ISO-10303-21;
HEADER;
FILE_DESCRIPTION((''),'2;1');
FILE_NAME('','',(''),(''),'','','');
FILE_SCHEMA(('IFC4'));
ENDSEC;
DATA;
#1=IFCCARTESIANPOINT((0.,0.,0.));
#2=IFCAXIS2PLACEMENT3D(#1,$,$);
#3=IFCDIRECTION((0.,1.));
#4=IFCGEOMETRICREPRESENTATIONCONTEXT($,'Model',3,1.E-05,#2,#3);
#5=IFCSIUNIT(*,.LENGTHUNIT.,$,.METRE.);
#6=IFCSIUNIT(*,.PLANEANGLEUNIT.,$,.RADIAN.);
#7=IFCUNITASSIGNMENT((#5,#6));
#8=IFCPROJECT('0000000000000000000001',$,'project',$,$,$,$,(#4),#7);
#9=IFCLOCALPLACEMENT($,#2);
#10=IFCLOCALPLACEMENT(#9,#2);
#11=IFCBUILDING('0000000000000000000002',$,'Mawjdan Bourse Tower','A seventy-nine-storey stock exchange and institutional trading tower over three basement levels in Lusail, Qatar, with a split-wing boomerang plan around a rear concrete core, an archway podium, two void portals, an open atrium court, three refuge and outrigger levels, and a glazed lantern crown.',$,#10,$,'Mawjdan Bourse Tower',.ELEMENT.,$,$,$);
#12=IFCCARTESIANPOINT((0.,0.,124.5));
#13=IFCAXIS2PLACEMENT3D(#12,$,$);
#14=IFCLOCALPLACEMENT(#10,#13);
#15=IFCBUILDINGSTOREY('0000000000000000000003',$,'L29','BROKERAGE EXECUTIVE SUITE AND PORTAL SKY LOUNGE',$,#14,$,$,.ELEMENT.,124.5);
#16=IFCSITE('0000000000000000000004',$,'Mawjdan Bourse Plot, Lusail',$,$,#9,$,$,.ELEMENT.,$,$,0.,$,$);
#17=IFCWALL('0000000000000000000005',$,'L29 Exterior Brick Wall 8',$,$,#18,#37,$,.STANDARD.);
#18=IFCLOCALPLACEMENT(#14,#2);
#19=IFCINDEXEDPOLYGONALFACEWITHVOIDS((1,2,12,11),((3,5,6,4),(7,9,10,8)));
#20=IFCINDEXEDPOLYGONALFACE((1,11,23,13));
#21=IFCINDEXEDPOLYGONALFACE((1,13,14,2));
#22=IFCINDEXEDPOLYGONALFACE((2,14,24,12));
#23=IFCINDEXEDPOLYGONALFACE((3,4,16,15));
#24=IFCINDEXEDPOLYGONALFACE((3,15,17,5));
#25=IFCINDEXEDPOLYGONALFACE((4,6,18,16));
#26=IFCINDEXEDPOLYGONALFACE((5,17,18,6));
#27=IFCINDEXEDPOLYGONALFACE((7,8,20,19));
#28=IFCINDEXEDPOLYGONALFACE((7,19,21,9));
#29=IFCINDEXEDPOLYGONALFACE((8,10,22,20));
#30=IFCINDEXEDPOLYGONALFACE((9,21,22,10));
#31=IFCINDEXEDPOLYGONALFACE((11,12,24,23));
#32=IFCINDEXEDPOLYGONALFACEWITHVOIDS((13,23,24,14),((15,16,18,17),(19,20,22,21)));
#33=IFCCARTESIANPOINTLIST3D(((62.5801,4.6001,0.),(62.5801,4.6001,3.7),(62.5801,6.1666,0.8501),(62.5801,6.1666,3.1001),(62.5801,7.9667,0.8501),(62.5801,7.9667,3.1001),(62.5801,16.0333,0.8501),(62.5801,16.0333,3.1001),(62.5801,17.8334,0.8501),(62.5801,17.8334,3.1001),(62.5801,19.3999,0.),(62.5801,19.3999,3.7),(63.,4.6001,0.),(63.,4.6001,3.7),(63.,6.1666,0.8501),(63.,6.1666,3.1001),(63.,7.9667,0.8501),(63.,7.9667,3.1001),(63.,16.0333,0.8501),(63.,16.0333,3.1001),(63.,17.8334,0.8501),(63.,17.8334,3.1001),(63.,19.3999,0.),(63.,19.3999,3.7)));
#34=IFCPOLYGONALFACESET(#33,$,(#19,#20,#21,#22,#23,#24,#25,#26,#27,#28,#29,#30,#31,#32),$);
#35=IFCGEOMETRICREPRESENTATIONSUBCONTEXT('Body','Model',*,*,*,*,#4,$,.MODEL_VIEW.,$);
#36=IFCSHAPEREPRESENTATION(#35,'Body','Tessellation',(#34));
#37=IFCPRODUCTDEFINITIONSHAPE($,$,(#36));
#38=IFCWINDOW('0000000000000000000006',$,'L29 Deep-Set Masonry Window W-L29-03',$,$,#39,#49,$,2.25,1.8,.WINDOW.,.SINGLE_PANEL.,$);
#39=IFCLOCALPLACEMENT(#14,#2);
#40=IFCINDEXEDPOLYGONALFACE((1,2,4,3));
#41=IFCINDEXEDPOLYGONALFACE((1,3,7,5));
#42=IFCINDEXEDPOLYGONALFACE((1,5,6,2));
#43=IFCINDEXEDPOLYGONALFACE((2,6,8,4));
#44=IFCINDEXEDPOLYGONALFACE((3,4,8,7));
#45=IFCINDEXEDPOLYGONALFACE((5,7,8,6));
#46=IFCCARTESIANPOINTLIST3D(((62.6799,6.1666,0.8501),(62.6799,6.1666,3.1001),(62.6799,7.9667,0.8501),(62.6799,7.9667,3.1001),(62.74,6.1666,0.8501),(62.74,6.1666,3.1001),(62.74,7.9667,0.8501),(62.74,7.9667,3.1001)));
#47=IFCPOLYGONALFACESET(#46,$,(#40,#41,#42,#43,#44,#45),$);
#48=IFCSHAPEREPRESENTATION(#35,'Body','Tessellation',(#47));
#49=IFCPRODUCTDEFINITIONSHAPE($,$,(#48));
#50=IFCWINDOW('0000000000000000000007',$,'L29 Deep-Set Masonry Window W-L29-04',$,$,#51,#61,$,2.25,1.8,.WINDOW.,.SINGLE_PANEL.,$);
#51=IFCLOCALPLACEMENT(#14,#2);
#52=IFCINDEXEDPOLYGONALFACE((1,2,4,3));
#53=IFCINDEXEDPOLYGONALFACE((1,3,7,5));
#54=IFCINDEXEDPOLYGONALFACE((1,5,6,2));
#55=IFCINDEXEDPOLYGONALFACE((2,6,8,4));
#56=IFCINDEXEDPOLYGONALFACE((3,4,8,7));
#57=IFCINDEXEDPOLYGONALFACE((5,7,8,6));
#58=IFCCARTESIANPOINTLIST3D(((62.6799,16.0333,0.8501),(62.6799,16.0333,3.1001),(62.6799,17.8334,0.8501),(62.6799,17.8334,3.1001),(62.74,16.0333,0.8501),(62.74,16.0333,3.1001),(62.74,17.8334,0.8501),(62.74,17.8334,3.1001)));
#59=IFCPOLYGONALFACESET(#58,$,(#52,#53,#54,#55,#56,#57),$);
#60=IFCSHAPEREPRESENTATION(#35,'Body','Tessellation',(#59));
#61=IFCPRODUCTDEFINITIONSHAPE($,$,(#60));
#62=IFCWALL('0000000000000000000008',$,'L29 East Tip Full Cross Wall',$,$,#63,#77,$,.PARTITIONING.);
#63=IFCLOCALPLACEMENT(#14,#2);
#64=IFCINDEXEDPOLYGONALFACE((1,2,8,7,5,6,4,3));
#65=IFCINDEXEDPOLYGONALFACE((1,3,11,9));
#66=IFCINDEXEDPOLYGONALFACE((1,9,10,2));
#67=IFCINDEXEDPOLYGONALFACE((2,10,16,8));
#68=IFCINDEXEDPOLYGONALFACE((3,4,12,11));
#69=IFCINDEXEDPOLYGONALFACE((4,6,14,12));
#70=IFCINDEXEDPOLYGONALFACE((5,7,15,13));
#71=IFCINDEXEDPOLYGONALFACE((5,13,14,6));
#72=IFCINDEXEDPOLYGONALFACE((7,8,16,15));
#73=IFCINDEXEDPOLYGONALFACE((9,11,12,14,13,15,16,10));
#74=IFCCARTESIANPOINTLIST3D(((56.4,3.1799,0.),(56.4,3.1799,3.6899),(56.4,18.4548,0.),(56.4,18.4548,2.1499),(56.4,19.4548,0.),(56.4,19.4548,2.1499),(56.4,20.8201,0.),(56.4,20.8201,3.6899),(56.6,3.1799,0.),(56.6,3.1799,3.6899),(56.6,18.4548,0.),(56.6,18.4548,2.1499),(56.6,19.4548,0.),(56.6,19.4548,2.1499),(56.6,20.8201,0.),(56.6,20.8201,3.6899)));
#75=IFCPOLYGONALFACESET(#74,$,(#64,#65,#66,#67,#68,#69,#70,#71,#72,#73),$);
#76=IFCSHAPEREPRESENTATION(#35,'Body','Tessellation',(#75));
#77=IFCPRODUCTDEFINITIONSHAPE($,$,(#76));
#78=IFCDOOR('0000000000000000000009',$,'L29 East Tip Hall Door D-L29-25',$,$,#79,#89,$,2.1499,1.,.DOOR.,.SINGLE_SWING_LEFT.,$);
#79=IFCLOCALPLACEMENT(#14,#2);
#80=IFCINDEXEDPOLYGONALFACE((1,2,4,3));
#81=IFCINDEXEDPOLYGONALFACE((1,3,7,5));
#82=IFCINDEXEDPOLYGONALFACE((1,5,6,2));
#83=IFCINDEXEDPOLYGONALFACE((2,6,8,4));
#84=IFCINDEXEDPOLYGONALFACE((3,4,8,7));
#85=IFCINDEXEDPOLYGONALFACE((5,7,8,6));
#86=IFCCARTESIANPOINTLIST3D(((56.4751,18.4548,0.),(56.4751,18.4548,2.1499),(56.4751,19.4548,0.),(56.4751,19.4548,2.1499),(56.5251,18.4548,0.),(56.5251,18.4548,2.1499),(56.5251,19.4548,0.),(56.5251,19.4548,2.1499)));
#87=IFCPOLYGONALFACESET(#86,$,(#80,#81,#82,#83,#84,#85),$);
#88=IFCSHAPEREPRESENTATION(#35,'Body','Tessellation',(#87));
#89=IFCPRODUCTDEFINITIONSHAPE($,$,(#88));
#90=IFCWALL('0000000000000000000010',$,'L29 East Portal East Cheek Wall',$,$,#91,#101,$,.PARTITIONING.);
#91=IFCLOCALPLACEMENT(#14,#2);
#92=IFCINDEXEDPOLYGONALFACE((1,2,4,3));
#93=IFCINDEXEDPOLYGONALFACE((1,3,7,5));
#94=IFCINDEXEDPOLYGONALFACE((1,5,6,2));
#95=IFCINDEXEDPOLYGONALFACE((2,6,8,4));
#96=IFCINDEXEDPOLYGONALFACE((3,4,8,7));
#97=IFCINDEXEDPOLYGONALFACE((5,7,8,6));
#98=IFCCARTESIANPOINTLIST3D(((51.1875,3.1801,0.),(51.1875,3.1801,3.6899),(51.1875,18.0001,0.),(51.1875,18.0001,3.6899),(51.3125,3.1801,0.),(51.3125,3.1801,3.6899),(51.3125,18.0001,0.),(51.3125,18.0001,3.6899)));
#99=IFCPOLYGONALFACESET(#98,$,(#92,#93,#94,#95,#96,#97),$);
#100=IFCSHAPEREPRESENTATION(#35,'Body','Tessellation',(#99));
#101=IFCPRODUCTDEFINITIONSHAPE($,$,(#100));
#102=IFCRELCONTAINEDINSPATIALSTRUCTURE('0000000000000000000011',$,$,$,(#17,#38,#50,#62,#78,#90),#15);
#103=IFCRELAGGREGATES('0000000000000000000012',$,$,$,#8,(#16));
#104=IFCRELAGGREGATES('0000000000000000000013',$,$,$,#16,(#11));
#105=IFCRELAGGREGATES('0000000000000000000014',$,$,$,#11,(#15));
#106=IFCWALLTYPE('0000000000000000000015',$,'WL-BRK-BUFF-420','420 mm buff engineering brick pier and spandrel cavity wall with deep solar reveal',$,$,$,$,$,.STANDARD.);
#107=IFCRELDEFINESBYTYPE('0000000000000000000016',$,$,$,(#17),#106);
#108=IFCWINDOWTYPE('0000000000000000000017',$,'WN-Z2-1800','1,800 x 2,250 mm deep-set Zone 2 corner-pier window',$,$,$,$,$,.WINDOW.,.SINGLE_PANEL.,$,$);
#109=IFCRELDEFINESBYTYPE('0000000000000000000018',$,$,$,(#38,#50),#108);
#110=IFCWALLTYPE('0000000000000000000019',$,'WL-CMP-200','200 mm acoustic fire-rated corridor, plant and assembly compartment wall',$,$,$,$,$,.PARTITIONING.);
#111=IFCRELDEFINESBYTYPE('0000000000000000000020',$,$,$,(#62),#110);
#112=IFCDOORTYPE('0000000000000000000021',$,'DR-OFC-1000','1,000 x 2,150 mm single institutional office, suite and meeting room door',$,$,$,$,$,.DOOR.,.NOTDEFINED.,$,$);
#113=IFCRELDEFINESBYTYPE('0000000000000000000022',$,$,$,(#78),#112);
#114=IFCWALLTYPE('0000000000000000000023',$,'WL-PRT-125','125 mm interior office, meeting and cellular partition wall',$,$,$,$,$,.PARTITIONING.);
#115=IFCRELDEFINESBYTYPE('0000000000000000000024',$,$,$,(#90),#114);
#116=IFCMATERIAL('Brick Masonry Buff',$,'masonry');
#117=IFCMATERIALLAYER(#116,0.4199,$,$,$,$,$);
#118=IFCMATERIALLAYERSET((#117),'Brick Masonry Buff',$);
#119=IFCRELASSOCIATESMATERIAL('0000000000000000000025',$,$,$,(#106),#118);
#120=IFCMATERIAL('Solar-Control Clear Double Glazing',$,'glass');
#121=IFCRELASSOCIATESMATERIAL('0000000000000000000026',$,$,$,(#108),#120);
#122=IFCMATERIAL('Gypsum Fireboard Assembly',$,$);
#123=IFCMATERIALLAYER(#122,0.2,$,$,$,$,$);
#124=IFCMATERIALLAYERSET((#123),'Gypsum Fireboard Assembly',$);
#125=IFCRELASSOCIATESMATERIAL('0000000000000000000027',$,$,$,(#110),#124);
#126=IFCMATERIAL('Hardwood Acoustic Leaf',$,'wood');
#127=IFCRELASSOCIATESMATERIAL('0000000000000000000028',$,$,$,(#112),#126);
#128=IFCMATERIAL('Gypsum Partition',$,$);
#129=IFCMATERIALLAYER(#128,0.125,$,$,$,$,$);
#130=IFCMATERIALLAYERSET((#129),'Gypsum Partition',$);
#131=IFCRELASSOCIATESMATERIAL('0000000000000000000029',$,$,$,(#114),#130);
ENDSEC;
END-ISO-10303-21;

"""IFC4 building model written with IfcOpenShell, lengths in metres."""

from ifc_helpers import new_model, si_unit, direction, frame, frame_2d, origin, place, context, subcontext, project, spatial, rectangle, extrude, material, layer, layer_set, type_object, element, fill, save


model = new_model("IFC4")

# Units and contexts
model_context = context("Model", 3, precision=1e-05, world=origin(), true_north=direction((0.0, 1.0)))
body_context = subcontext(model_context, "Body", "Model", "MODEL_VIEW")
ifc_project = project(units=[si_unit("LENGTHUNIT", "METRE"), si_unit("PLANEANGLEUNIT", "RADIAN")], contexts=[model_context])

# Site, building, storey
site_placement = place(None, origin())
site = spatial("IfcSite", under=ifc_project, at=site_placement, Name="Mawjdan Bourse Plot, Lusail", CompositionType="ELEMENT", RefElevation=0.0)
building_placement = place(site_placement, origin())
building = spatial("IfcBuilding", under=site, at=building_placement, Name="Mawjdan Bourse Tower", Description="A seventy-nine-storey stock exchange and institutional trading tower over three basement levels in Lusail, Qatar, with a split-wing boomerang plan around a rear concrete core, an archway podium, two void portals, an open atrium court, three refuge and outrigger levels, and a glazed lantern crown.", LongName="Mawjdan Bourse Tower", CompositionType="ELEMENT")
storey_placement = place(building_placement, frame((0.0, 0.0, 124.5)))
storey = spatial("IfcBuildingStorey", under=building, at=storey_placement, Name="L29", Description="BROKERAGE EXECUTIVE SUITE AND PORTAL SKY LOUNGE", CompositionType="ELEMENT", Elevation=124.5)

# Shared definitions
ifc_material_1 = material(Name="Brick Masonry Buff", Category="masonry")
ifc_layer_1 = layer(ifc_material_1, 0.4199)
ifc_layer_set_1 = layer_set([ifc_layer_1], Name="Brick Masonry Buff")
wall_type_1 = type_object("IfcWallType", Name="WL-BRK-BUFF-420", Description="420 mm buff engineering brick pier and spandrel cavity wall with deep solar reveal", PredefinedType="STANDARD", material=ifc_layer_set_1)

# Wall, openings, windows
wall_1_placement = place(storey_placement, frame((62.79, 4.6001, 0.0), z_axis=(0.0, 0.0, 1.0), x_axis=(0.0, 1.0, 0.0)))
wall_1 = element("IfcWall", 1, at=wall_1_placement, inside=storey, type_object=wall_type_1, Name="L29 Exterior Brick Wall 8", PredefinedType="STANDARD", context=body_context, shape_type="SweptSolid", body=[
    extrude(rectangle(XDim=14.7998, YDim=0.4199, at=frame_2d((7.3999, 0.0))), origin(), (0.0, 0.0, 1.0), 3.7),
])
opening_1_placement = place(wall_1_placement, frame((1.5667, 0.0, 0.8501)))
opening_1 = element("IfcOpeningElement", 2, at=opening_1_placement, cuts=wall_1, PredefinedType="OPENING", context=body_context, shape_type="SweptSolid", body=[
    extrude(rectangle(XDim=1.8, YDim=2.25, at=frame_2d((0.8999, 1.125))), frame((0.0, 0.22, 0.0), z_axis=(0.0, -1.0, 0.0), x_axis=(1.0, 0.0, 0.0)), (0.0, 0.0, 1.0), 0.4399),
])
opening_2_placement = place(wall_1_placement, frame((11.4333, 0.0, 0.8501)))
opening_2 = element("IfcOpeningElement", 3, at=opening_2_placement, cuts=wall_1, PredefinedType="OPENING", context=body_context, shape_type="SweptSolid", body=[
    extrude(rectangle(XDim=1.8, YDim=2.25, at=frame_2d((0.8999, 1.125))), frame((0.0, 0.22, 0.0), z_axis=(0.0, -1.0, 0.0), x_axis=(1.0, 0.0, 0.0)), (0.0, 0.0, 1.0), 0.4399),
])
ifc_material_2 = material(Name="Solar-Control Clear Double Glazing", Category="glass")
window_type = type_object("IfcWindowType", Name="WN-Z2-1800", Description="1,800 x 2,250 mm deep-set Zone 2 corner-pier window", PartitioningType="SINGLE_PANEL", PredefinedType="WINDOW", material=ifc_material_2)
window_1_placement = place(opening_1_placement, origin())
window_1 = element("IfcWindow", 4, at=window_1_placement, inside=storey, type_object=window_type, Name="L29 Deep-Set Masonry Window W-L29-03", OverallHeight=2.25, OverallWidth=1.8, PartitioningType="SINGLE_PANEL", PredefinedType="WINDOW", context=body_context, shape_type="SweptSolid", body=[
    extrude(rectangle(XDim=1.8, YDim=2.25, at=frame_2d((0.8999, 1.125))), frame((0.0, 0.1101, 0.0), z_axis=(0.0, -1.0, 0.0), x_axis=(1.0, 0.0, 0.0)), (0.0, 0.0, 1.0), 0.0601),
])
fill(opening_1, window_1)
window_2_placement = place(opening_2_placement, origin())
window_2 = element("IfcWindow", 5, at=window_2_placement, inside=storey, type_object=window_type, Name="L29 Deep-Set Masonry Window W-L29-04", OverallHeight=2.25, OverallWidth=1.8, PartitioningType="SINGLE_PANEL", PredefinedType="WINDOW", context=body_context, shape_type="SweptSolid", body=[
    extrude(rectangle(XDim=1.8, YDim=2.25, at=frame_2d((0.8999, 1.125))), frame((0.0, 0.1101, 0.0), z_axis=(0.0, -1.0, 0.0), x_axis=(1.0, 0.0, 0.0)), (0.0, 0.0, 1.0), 0.0601),
])
fill(opening_2, window_2)

# Wall, opening, door
ifc_material_3 = material(Name="Gypsum Fireboard Assembly")
ifc_layer_2 = layer(ifc_material_3, 0.2)
ifc_layer_set_2 = layer_set([ifc_layer_2], Name="Gypsum Fireboard Assembly")
wall_type_2 = type_object("IfcWallType", Name="WL-CMP-200", Description="200 mm acoustic fire-rated corridor, plant and assembly compartment wall", PredefinedType="PARTITIONING", material=ifc_layer_set_2)
wall_2_placement = place(storey_placement, frame((56.5, 3.1799, 0.0), z_axis=(0.0, 0.0, 1.0), x_axis=(0.0, 1.0, 0.0)))
wall_2 = element("IfcWall", 6, at=wall_2_placement, inside=storey, type_object=wall_type_2, Name="L29 East Tip Full Cross Wall", PredefinedType="PARTITIONING", context=body_context, shape_type="SweptSolid", body=[
    extrude(rectangle(XDim=17.6401, YDim=0.2, at=frame_2d((8.8201, 0.0))), origin(), (0.0, 0.0, 1.0), 3.6899),
])
opening_3_placement = place(wall_2_placement, frame((15.2749, 0.0, 0.0)))
opening_3 = element("IfcOpeningElement", 7, at=opening_3_placement, cuts=wall_2, PredefinedType="OPENING", context=body_context, shape_type="SweptSolid", body=[
    extrude(rectangle(XDim=1.0, YDim=2.1499, at=frame_2d((0.5, 1.075))), frame((0.0, 0.1099, 0.0), z_axis=(0.0, -1.0, 0.0), x_axis=(1.0, 0.0, 0.0)), (0.0, 0.0, 1.0), 0.22),
])
ifc_material_4 = material(Name="Hardwood Acoustic Leaf", Category="wood")
door_type = type_object("IfcDoorType", Name="DR-OFC-1000", Description="1,000 x 2,150 mm single institutional office, suite and meeting room door", OperationType="NOTDEFINED", PredefinedType="DOOR", material=ifc_material_4)
door_placement = place(opening_3_placement, origin())
door = element("IfcDoor", 8, at=door_placement, inside=storey, type_object=door_type, Name="L29 East Tip Hall Door D-L29-25", OperationType="SINGLE_SWING_LEFT", OverallHeight=2.1499, OverallWidth=1.0, PredefinedType="DOOR", context=body_context, shape_type="SweptSolid", body=[
    extrude(rectangle(XDim=1.0, YDim=2.1499, at=frame_2d((0.5, 1.075))), frame((0.0, 0.0249, 0.0), z_axis=(0.0, -1.0, 0.0), x_axis=(1.0, 0.0, 0.0)), (0.0, 0.0, 1.0), 0.05),
])
fill(opening_3, door)

# Wall
ifc_material_5 = material(Name="Gypsum Partition")
ifc_layer_3 = layer(ifc_material_5, 0.125)
ifc_layer_set_3 = layer_set([ifc_layer_3], Name="Gypsum Partition")
wall_type_3 = type_object("IfcWallType", Name="WL-PRT-125", Description="125 mm interior office, meeting and cellular partition wall", PredefinedType="PARTITIONING", material=ifc_layer_set_3)
wall_3_placement = place(storey_placement, frame((51.25, 3.1799, 0.0), z_axis=(0.0, 0.0, 1.0), x_axis=(0.0, 1.0, 0.0)))
element("IfcWall", 9, at=wall_3_placement, inside=storey, type_object=wall_type_3, Name="L29 East Portal East Cheek Wall", PredefinedType="PARTITIONING", context=body_context, shape_type="SweptSolid", body=[
    extrude(rectangle(XDim=14.8201, YDim=0.125, at=frame_2d((7.4102, 0.0))), origin(), (0.0, 0.0, 1.0), 3.6899),
])

save(model, "model.ifc")
